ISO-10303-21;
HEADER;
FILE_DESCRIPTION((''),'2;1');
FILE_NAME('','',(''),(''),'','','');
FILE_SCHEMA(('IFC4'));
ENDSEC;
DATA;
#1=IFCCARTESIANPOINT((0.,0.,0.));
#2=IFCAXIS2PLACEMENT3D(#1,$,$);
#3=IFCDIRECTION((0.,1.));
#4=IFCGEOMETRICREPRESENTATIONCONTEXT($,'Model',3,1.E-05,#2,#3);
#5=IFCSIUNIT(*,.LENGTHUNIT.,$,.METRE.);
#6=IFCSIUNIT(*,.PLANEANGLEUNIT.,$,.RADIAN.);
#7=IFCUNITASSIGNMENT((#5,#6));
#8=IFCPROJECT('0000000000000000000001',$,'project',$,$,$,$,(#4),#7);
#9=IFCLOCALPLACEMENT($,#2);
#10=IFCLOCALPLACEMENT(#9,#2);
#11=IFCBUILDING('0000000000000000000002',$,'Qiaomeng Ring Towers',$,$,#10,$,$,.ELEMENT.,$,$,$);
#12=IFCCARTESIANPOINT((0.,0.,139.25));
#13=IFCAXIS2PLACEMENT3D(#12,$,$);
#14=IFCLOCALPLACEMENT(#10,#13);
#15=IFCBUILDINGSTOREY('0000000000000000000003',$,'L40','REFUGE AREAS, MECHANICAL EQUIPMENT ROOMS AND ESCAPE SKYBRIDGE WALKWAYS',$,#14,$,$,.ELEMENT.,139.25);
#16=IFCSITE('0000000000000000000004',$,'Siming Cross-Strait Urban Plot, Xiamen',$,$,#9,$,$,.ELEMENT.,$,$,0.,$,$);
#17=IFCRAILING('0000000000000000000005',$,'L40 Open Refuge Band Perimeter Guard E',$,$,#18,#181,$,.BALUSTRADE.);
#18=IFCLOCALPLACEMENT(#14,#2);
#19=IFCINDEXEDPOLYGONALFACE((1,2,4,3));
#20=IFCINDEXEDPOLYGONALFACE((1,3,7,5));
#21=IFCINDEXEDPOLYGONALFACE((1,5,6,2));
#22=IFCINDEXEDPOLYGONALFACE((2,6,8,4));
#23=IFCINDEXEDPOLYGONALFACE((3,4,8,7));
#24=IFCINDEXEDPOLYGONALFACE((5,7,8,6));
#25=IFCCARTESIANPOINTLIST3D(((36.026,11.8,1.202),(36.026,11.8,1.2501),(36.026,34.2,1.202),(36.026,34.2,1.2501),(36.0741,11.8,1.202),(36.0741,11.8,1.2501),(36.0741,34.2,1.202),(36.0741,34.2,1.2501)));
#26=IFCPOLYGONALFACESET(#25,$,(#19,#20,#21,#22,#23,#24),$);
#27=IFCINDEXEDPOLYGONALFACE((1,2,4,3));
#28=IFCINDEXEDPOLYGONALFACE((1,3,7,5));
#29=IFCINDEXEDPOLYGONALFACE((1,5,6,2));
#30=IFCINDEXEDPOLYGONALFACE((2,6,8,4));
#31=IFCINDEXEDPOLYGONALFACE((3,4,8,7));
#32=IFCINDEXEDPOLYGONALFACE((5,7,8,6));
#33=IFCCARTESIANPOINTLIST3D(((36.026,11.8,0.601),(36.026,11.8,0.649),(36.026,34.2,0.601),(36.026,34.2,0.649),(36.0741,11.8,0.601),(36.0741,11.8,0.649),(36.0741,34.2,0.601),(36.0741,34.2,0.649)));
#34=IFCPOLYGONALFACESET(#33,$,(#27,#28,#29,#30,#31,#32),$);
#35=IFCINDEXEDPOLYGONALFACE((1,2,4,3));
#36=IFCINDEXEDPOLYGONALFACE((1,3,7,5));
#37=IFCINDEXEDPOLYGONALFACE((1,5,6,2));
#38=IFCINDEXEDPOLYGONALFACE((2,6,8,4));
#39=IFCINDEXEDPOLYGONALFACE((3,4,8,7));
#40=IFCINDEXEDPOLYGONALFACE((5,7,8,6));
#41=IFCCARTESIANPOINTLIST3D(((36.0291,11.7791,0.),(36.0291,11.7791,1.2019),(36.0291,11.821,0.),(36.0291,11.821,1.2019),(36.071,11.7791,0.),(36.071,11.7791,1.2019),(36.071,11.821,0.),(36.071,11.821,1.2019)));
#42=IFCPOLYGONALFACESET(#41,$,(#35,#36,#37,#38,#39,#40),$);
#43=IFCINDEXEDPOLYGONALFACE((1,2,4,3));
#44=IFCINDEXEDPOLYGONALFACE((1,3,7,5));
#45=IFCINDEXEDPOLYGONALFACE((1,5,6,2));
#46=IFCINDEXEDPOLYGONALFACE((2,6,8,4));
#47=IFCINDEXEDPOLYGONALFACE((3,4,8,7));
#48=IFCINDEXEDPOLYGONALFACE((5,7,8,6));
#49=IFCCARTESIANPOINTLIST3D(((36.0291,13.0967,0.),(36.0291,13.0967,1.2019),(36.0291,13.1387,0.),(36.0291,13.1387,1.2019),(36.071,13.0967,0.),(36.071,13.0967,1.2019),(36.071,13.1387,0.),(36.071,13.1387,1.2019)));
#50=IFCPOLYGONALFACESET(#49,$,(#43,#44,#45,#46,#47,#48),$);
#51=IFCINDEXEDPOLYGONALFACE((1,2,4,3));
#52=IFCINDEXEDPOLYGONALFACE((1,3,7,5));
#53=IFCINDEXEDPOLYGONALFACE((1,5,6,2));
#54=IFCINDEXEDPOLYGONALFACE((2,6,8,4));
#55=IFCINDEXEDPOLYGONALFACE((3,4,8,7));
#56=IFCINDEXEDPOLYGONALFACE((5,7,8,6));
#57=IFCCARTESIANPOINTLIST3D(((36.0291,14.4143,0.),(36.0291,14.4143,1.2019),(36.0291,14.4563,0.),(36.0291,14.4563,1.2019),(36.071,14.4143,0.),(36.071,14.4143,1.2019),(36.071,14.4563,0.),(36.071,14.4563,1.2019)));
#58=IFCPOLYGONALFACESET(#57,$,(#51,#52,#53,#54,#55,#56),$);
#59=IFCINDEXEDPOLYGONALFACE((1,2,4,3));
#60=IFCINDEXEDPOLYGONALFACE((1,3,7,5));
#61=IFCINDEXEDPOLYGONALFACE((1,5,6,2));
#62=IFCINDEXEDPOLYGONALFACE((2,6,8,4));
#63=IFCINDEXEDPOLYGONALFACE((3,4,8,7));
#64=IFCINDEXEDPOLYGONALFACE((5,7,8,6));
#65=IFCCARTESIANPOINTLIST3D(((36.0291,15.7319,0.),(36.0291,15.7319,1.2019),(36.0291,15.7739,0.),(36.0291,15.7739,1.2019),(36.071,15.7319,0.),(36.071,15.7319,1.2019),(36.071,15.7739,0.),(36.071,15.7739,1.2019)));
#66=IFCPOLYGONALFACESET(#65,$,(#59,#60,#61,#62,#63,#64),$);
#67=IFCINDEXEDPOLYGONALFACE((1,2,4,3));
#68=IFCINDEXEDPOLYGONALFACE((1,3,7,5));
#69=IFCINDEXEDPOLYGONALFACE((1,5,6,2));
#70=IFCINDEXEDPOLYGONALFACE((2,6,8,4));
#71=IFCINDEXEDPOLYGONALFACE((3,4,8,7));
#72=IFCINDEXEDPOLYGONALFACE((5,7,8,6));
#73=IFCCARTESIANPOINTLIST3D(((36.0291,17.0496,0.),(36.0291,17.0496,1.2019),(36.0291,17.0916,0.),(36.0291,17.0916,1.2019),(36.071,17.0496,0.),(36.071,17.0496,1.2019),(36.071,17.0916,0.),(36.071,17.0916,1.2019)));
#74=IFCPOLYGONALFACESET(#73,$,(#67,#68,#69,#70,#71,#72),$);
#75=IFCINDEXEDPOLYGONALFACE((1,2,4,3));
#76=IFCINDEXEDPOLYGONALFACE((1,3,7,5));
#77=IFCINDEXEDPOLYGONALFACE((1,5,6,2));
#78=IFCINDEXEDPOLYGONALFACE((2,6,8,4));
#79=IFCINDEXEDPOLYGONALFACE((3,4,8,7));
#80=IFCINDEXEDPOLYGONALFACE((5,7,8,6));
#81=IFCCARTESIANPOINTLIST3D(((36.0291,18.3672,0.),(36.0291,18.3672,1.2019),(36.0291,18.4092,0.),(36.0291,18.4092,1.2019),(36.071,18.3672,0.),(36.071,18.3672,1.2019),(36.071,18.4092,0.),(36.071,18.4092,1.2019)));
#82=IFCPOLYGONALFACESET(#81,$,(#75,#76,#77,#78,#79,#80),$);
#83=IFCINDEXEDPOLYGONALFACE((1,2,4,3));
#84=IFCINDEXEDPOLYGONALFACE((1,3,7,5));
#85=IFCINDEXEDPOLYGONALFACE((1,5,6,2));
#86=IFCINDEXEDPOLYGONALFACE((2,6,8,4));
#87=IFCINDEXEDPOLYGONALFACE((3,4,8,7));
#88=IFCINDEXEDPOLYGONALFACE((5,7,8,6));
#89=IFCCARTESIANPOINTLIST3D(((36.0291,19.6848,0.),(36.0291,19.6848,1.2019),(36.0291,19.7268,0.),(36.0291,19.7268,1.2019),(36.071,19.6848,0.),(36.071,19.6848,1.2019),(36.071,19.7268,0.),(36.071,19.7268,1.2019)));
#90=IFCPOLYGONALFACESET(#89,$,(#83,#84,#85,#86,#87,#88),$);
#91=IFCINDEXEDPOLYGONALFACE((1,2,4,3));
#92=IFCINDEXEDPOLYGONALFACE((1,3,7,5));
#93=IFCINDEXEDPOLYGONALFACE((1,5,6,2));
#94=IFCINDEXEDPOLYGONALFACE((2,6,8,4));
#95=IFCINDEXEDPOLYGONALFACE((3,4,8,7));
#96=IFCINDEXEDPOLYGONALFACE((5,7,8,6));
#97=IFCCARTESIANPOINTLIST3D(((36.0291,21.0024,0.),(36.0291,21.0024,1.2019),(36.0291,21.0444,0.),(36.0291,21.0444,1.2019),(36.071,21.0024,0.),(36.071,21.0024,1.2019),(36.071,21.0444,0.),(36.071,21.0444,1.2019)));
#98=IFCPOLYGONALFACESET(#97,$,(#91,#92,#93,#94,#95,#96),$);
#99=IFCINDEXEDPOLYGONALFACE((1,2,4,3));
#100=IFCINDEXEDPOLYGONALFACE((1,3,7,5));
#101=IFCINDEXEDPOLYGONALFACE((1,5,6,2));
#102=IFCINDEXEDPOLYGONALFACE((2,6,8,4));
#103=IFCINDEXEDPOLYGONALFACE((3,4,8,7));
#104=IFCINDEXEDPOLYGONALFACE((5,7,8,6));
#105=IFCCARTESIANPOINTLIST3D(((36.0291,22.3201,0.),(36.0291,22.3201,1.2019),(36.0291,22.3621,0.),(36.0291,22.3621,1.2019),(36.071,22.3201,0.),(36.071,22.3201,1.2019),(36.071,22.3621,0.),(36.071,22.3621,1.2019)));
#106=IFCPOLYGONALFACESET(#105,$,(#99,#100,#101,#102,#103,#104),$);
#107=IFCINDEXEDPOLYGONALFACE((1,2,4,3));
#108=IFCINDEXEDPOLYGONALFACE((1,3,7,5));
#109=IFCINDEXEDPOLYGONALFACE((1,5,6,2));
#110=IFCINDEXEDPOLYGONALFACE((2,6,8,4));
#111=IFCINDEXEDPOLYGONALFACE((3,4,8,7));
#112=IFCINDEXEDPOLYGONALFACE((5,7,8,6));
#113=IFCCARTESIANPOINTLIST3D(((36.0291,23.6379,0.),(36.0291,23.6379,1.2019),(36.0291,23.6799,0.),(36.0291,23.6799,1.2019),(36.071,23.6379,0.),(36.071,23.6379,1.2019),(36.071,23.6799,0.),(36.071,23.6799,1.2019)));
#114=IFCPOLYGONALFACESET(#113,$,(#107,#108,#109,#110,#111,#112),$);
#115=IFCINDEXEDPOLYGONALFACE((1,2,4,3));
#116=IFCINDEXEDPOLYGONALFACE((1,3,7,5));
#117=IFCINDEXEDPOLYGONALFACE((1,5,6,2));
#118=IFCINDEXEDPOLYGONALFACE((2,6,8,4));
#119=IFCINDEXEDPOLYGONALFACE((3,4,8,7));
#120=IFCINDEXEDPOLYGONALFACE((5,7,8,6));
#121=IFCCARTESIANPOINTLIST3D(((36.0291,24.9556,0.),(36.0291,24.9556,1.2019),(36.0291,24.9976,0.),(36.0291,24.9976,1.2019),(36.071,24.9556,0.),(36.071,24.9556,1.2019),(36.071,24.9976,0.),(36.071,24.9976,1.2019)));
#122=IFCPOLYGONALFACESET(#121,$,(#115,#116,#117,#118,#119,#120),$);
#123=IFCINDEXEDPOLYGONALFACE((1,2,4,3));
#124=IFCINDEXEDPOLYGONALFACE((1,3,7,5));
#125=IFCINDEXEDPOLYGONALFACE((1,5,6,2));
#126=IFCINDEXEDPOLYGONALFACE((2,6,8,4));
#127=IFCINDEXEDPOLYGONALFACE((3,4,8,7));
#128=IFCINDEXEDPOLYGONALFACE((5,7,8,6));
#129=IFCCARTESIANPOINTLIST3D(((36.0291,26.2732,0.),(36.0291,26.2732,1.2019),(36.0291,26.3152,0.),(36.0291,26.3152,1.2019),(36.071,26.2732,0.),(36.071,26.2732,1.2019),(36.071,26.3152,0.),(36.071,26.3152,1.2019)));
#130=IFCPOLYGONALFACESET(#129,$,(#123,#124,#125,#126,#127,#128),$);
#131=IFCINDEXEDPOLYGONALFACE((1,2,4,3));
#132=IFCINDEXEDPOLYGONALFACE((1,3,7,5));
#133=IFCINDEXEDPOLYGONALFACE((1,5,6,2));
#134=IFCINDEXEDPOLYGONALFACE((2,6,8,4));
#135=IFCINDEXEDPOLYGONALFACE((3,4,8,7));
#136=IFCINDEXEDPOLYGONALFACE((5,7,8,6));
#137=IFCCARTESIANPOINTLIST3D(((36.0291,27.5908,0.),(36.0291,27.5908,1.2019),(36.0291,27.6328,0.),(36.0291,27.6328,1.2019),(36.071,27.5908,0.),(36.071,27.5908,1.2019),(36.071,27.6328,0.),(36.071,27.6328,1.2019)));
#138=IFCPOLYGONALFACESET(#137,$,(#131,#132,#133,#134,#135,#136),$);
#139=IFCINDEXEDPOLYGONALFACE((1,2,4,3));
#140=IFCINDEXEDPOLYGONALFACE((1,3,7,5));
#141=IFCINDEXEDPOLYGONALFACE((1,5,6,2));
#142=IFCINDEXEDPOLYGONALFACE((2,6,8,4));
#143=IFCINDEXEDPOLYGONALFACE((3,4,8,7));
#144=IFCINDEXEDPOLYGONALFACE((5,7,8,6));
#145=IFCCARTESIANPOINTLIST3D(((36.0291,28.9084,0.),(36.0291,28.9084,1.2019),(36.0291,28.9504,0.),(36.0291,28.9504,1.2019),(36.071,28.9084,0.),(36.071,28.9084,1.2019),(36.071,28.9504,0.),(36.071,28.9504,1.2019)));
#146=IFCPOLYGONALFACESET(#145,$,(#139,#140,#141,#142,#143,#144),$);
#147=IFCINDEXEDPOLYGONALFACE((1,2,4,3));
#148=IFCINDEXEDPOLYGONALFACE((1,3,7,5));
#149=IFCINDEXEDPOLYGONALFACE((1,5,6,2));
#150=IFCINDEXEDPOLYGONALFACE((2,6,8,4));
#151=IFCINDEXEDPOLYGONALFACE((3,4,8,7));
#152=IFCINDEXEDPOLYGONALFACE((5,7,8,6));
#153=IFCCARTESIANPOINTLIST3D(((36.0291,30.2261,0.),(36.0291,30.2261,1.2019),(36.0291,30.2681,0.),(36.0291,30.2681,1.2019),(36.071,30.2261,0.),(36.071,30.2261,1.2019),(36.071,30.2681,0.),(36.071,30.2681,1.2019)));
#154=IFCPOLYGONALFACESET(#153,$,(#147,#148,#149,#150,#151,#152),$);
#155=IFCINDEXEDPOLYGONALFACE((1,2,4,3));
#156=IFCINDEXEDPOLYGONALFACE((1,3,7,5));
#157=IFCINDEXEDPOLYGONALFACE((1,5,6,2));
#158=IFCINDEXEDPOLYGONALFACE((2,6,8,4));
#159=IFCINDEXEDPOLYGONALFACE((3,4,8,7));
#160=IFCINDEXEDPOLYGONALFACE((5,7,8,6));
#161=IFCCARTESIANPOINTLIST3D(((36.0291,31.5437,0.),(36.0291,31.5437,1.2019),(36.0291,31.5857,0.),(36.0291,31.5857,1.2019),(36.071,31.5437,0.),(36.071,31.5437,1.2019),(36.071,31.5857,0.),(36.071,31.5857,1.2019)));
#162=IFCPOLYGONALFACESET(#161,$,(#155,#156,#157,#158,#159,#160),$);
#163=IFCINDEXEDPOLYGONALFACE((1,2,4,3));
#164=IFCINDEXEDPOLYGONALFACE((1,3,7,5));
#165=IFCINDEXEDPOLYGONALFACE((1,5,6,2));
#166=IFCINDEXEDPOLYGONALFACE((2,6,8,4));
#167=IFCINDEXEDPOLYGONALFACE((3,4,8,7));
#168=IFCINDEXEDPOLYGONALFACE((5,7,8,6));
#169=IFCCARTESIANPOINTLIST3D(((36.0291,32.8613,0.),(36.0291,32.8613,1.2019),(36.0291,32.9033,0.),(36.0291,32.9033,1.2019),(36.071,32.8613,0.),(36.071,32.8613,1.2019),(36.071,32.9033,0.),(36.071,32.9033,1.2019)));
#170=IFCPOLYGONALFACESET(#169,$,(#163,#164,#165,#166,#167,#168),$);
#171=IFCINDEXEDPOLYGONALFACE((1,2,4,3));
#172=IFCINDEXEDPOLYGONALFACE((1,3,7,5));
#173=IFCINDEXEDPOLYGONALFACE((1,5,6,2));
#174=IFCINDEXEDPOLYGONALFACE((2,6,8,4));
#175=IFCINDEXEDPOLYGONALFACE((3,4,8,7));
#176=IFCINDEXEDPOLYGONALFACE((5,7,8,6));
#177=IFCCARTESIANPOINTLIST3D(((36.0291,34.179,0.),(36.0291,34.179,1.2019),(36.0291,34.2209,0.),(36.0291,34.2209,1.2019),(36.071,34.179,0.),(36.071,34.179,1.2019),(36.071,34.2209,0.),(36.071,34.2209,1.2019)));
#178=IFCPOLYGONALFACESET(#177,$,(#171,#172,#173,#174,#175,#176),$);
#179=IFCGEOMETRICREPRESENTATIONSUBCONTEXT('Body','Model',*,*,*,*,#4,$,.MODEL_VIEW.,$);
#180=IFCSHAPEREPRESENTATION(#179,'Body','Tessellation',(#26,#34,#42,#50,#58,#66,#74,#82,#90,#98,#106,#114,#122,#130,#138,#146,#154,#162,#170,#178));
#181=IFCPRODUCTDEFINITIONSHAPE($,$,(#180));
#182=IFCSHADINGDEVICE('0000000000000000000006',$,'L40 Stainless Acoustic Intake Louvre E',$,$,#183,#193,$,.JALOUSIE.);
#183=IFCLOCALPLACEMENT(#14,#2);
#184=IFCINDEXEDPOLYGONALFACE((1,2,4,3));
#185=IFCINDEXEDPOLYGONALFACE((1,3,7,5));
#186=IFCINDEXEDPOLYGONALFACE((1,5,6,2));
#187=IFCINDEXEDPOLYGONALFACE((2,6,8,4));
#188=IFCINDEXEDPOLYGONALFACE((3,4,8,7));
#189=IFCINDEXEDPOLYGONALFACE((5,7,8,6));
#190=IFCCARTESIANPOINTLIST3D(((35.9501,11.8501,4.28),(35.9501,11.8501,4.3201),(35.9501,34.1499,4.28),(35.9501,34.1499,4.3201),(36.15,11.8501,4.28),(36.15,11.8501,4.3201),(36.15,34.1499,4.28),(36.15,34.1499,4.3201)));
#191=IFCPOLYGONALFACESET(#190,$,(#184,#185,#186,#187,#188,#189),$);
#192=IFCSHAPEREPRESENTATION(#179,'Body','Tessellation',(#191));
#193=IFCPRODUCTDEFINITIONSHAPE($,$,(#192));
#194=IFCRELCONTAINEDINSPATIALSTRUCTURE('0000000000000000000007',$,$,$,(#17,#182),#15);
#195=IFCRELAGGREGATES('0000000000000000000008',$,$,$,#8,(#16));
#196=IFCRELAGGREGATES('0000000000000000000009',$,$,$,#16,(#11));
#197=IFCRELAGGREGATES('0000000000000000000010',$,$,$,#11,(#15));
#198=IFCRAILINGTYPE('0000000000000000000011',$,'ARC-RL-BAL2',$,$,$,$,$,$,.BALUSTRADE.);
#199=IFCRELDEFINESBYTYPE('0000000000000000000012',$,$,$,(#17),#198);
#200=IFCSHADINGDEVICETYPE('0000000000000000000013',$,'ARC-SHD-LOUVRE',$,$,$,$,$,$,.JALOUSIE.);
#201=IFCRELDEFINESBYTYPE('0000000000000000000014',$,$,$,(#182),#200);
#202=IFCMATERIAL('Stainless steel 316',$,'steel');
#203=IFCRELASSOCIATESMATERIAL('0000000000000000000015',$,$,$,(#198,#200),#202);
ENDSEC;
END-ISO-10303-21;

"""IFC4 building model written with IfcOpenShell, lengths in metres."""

from ifc_helpers import new_model, si_unit, direction, frame, origin, origin_2d, place, context, subcontext, project, spatial, rectangle, extrude, source, transform, mapped, material, material_profile, profile_set, type_object, element, save


model = new_model("IFC4")

# Units and contexts
model_context = context("Model", 3, precision=1e-05, world=origin(), true_north=direction((0.0, 1.0)))
body_context = subcontext(model_context, "Body", "Model", "MODEL_VIEW")
ifc_project = project(units=[si_unit("LENGTHUNIT", "METRE"), si_unit("PLANEANGLEUNIT", "RADIAN")], contexts=[model_context])

# Site, building, storey
site_placement = place(None, origin())
site = spatial("IfcSite", under=ifc_project, at=site_placement, Name="Siming Cross-Strait Urban Plot, Xiamen", CompositionType="ELEMENT", RefElevation=0.0)
building_placement = place(site_placement, origin())
building = spatial("IfcBuilding", under=site, at=building_placement, Name="Qiaomeng Ring Towers", CompositionType="ELEMENT")
storey_placement = place(building_placement, frame((0.0, 0.0, 139.25)))
storey = spatial("IfcBuildingStorey", under=building, at=storey_placement, Name="L40", Description="REFUGE AREAS, MECHANICAL EQUIPMENT ROOMS AND ESCAPE SKYBRIDGE WALKWAYS", CompositionType="ELEMENT", Elevation=139.25)

# Railing
ifc_material_1 = material(Name="Stainless steel 316", Category="steel")
railing_type = type_object("IfcRailingType", Name="ARC-RL-BAL2", PredefinedType="BALUSTRADE", material=ifc_material_1)
railing_placement = place(storey_placement, frame((36.05, 11.8, 0.0)))
element("IfcRailing", 1, at=railing_placement, inside=storey, type_object=railing_type, Name="L40 Open Refuge Band Perimeter Guard E", PredefinedType="BALUSTRADE", context=body_context, shape_type="SweptSolid", body=[
    extrude(rectangle(XDim=0.0481, YDim=0.0481, at=origin_2d()), frame((0.0, 0.0, 1.2261), z_axis=(0.0, 1.0, 0.0), x_axis=(-1.0, 0.0, 0.0)), (0.0, 0.0, 1.0), 22.3999),
    extrude(rectangle(XDim=0.0481, YDim=0.0481, at=origin_2d()), frame((0.0, 0.0, 0.625), z_axis=(0.0, 1.0, 0.0), x_axis=(-1.0, 0.0, 0.0)), (0.0, 0.0, 1.0), 22.3999),
    extrude(rectangle(XDim=0.042, YDim=0.042, at=origin_2d()), origin(), (0.0, 0.0, 1.0), 1.2019),
    extrude(rectangle(XDim=0.042, YDim=0.042, at=origin_2d()), frame((0.0, 1.3176, 0.0)), (0.0, 0.0, 1.0), 1.2019),
    extrude(rectangle(XDim=0.042, YDim=0.042, at=origin_2d()), frame((0.0, 2.6353, 0.0)), (0.0, 0.0, 1.0), 1.2019),
    extrude(rectangle(XDim=0.042, YDim=0.042, at=origin_2d()), frame((0.0, 3.9529, 0.0)), (0.0, 0.0, 1.0), 1.2019),
    extrude(rectangle(XDim=0.042, YDim=0.042, at=origin_2d()), frame((0.0, 5.2705, 0.0)), (0.0, 0.0, 1.0), 1.2019),
    extrude(rectangle(XDim=0.042, YDim=0.042, at=origin_2d()), frame((0.0, 6.5881, 0.0)), (0.0, 0.0, 1.0), 1.2019),
    extrude(rectangle(XDim=0.042, YDim=0.042, at=origin_2d()), frame((0.0, 7.9058, 0.0)), (0.0, 0.0, 1.0), 1.2019),
    extrude(rectangle(XDim=0.042, YDim=0.042, at=origin_2d()), frame((0.0, 9.2234, 0.0)), (0.0, 0.0, 1.0), 1.2019),
    extrude(rectangle(XDim=0.042, YDim=0.042, at=origin_2d()), frame((0.0, 10.541, 0.0)), (0.0, 0.0, 1.0), 1.2019),
    extrude(rectangle(XDim=0.042, YDim=0.042, at=origin_2d()), frame((0.0, 11.8589, 0.0)), (0.0, 0.0, 1.0), 1.2019),
    extrude(rectangle(XDim=0.042, YDim=0.042, at=origin_2d()), frame((0.0, 13.1765, 0.0)), (0.0, 0.0, 1.0), 1.2019),
    extrude(rectangle(XDim=0.042, YDim=0.042, at=origin_2d()), frame((0.0, 14.4941, 0.0)), (0.0, 0.0, 1.0), 1.2019),
    extrude(rectangle(XDim=0.042, YDim=0.042, at=origin_2d()), frame((0.0, 15.8118, 0.0)), (0.0, 0.0, 1.0), 1.2019),
    extrude(rectangle(XDim=0.042, YDim=0.042, at=origin_2d()), frame((0.0, 17.1294, 0.0)), (0.0, 0.0, 1.0), 1.2019),
    extrude(rectangle(XDim=0.042, YDim=0.042, at=origin_2d()), frame((0.0, 18.447, 0.0)), (0.0, 0.0, 1.0), 1.2019),
    extrude(rectangle(XDim=0.042, YDim=0.042, at=origin_2d()), frame((0.0, 19.7646, 0.0)), (0.0, 0.0, 1.0), 1.2019),
    extrude(rectangle(XDim=0.042, YDim=0.042, at=origin_2d()), frame((0.0, 21.0823, 0.0)), (0.0, 0.0, 1.0), 1.2019),
    extrude(rectangle(XDim=0.042, YDim=0.042, at=origin_2d()), frame((0.0, 22.3999, 0.0)), (0.0, 0.0, 1.0), 1.2019),
])

# Shading device
ifc_material_profile_1 = material_profile(ifc_material_1, rectangle(XDim=0.2, YDim=0.04, at=origin_2d()), Name="LV BLADE 200x40")
ifc_profile_set_1 = profile_set([ifc_material_profile_1], Name="Stainless steel 316")
shading_device_type = type_object("IfcShadingDeviceType", Name="ARC-SHD-LOUVRE", PredefinedType="JALOUSIE", material=ifc_profile_set_1)
shared_shape_1 = source(origin(), body_context, "Body", "SweptSolid", [
    extrude(rectangle(XDim=0.2, YDim=0.04, at=origin_2d()), origin(), (0.0, 0.0, 1.0), 22.2998),
])
shading_device_placement = place(storey_placement, frame((36.05, 11.8501, 4.3), z_axis=(0.0, 1.0, 0.0), x_axis=(-1.0, 0.0, 0.0)))
element("IfcShadingDevice", 2, at=shading_device_placement, inside=storey, type_object=shading_device_type, Name="L40 Stainless Acoustic Intake Louvre E", PredefinedType="JALOUSIE", context=body_context, shape_type="MappedRepresentation", body=[
    mapped(shared_shape_1, transform((0.0, 0.0, 0.0), x_axis=(1.0, 0.0, 0.0), y_axis=(0.0, 1.0, 0.0), z_axis=(0.0, 0.0, 1.0), scale=1.0)),
])

save(model, "model.ifc")
